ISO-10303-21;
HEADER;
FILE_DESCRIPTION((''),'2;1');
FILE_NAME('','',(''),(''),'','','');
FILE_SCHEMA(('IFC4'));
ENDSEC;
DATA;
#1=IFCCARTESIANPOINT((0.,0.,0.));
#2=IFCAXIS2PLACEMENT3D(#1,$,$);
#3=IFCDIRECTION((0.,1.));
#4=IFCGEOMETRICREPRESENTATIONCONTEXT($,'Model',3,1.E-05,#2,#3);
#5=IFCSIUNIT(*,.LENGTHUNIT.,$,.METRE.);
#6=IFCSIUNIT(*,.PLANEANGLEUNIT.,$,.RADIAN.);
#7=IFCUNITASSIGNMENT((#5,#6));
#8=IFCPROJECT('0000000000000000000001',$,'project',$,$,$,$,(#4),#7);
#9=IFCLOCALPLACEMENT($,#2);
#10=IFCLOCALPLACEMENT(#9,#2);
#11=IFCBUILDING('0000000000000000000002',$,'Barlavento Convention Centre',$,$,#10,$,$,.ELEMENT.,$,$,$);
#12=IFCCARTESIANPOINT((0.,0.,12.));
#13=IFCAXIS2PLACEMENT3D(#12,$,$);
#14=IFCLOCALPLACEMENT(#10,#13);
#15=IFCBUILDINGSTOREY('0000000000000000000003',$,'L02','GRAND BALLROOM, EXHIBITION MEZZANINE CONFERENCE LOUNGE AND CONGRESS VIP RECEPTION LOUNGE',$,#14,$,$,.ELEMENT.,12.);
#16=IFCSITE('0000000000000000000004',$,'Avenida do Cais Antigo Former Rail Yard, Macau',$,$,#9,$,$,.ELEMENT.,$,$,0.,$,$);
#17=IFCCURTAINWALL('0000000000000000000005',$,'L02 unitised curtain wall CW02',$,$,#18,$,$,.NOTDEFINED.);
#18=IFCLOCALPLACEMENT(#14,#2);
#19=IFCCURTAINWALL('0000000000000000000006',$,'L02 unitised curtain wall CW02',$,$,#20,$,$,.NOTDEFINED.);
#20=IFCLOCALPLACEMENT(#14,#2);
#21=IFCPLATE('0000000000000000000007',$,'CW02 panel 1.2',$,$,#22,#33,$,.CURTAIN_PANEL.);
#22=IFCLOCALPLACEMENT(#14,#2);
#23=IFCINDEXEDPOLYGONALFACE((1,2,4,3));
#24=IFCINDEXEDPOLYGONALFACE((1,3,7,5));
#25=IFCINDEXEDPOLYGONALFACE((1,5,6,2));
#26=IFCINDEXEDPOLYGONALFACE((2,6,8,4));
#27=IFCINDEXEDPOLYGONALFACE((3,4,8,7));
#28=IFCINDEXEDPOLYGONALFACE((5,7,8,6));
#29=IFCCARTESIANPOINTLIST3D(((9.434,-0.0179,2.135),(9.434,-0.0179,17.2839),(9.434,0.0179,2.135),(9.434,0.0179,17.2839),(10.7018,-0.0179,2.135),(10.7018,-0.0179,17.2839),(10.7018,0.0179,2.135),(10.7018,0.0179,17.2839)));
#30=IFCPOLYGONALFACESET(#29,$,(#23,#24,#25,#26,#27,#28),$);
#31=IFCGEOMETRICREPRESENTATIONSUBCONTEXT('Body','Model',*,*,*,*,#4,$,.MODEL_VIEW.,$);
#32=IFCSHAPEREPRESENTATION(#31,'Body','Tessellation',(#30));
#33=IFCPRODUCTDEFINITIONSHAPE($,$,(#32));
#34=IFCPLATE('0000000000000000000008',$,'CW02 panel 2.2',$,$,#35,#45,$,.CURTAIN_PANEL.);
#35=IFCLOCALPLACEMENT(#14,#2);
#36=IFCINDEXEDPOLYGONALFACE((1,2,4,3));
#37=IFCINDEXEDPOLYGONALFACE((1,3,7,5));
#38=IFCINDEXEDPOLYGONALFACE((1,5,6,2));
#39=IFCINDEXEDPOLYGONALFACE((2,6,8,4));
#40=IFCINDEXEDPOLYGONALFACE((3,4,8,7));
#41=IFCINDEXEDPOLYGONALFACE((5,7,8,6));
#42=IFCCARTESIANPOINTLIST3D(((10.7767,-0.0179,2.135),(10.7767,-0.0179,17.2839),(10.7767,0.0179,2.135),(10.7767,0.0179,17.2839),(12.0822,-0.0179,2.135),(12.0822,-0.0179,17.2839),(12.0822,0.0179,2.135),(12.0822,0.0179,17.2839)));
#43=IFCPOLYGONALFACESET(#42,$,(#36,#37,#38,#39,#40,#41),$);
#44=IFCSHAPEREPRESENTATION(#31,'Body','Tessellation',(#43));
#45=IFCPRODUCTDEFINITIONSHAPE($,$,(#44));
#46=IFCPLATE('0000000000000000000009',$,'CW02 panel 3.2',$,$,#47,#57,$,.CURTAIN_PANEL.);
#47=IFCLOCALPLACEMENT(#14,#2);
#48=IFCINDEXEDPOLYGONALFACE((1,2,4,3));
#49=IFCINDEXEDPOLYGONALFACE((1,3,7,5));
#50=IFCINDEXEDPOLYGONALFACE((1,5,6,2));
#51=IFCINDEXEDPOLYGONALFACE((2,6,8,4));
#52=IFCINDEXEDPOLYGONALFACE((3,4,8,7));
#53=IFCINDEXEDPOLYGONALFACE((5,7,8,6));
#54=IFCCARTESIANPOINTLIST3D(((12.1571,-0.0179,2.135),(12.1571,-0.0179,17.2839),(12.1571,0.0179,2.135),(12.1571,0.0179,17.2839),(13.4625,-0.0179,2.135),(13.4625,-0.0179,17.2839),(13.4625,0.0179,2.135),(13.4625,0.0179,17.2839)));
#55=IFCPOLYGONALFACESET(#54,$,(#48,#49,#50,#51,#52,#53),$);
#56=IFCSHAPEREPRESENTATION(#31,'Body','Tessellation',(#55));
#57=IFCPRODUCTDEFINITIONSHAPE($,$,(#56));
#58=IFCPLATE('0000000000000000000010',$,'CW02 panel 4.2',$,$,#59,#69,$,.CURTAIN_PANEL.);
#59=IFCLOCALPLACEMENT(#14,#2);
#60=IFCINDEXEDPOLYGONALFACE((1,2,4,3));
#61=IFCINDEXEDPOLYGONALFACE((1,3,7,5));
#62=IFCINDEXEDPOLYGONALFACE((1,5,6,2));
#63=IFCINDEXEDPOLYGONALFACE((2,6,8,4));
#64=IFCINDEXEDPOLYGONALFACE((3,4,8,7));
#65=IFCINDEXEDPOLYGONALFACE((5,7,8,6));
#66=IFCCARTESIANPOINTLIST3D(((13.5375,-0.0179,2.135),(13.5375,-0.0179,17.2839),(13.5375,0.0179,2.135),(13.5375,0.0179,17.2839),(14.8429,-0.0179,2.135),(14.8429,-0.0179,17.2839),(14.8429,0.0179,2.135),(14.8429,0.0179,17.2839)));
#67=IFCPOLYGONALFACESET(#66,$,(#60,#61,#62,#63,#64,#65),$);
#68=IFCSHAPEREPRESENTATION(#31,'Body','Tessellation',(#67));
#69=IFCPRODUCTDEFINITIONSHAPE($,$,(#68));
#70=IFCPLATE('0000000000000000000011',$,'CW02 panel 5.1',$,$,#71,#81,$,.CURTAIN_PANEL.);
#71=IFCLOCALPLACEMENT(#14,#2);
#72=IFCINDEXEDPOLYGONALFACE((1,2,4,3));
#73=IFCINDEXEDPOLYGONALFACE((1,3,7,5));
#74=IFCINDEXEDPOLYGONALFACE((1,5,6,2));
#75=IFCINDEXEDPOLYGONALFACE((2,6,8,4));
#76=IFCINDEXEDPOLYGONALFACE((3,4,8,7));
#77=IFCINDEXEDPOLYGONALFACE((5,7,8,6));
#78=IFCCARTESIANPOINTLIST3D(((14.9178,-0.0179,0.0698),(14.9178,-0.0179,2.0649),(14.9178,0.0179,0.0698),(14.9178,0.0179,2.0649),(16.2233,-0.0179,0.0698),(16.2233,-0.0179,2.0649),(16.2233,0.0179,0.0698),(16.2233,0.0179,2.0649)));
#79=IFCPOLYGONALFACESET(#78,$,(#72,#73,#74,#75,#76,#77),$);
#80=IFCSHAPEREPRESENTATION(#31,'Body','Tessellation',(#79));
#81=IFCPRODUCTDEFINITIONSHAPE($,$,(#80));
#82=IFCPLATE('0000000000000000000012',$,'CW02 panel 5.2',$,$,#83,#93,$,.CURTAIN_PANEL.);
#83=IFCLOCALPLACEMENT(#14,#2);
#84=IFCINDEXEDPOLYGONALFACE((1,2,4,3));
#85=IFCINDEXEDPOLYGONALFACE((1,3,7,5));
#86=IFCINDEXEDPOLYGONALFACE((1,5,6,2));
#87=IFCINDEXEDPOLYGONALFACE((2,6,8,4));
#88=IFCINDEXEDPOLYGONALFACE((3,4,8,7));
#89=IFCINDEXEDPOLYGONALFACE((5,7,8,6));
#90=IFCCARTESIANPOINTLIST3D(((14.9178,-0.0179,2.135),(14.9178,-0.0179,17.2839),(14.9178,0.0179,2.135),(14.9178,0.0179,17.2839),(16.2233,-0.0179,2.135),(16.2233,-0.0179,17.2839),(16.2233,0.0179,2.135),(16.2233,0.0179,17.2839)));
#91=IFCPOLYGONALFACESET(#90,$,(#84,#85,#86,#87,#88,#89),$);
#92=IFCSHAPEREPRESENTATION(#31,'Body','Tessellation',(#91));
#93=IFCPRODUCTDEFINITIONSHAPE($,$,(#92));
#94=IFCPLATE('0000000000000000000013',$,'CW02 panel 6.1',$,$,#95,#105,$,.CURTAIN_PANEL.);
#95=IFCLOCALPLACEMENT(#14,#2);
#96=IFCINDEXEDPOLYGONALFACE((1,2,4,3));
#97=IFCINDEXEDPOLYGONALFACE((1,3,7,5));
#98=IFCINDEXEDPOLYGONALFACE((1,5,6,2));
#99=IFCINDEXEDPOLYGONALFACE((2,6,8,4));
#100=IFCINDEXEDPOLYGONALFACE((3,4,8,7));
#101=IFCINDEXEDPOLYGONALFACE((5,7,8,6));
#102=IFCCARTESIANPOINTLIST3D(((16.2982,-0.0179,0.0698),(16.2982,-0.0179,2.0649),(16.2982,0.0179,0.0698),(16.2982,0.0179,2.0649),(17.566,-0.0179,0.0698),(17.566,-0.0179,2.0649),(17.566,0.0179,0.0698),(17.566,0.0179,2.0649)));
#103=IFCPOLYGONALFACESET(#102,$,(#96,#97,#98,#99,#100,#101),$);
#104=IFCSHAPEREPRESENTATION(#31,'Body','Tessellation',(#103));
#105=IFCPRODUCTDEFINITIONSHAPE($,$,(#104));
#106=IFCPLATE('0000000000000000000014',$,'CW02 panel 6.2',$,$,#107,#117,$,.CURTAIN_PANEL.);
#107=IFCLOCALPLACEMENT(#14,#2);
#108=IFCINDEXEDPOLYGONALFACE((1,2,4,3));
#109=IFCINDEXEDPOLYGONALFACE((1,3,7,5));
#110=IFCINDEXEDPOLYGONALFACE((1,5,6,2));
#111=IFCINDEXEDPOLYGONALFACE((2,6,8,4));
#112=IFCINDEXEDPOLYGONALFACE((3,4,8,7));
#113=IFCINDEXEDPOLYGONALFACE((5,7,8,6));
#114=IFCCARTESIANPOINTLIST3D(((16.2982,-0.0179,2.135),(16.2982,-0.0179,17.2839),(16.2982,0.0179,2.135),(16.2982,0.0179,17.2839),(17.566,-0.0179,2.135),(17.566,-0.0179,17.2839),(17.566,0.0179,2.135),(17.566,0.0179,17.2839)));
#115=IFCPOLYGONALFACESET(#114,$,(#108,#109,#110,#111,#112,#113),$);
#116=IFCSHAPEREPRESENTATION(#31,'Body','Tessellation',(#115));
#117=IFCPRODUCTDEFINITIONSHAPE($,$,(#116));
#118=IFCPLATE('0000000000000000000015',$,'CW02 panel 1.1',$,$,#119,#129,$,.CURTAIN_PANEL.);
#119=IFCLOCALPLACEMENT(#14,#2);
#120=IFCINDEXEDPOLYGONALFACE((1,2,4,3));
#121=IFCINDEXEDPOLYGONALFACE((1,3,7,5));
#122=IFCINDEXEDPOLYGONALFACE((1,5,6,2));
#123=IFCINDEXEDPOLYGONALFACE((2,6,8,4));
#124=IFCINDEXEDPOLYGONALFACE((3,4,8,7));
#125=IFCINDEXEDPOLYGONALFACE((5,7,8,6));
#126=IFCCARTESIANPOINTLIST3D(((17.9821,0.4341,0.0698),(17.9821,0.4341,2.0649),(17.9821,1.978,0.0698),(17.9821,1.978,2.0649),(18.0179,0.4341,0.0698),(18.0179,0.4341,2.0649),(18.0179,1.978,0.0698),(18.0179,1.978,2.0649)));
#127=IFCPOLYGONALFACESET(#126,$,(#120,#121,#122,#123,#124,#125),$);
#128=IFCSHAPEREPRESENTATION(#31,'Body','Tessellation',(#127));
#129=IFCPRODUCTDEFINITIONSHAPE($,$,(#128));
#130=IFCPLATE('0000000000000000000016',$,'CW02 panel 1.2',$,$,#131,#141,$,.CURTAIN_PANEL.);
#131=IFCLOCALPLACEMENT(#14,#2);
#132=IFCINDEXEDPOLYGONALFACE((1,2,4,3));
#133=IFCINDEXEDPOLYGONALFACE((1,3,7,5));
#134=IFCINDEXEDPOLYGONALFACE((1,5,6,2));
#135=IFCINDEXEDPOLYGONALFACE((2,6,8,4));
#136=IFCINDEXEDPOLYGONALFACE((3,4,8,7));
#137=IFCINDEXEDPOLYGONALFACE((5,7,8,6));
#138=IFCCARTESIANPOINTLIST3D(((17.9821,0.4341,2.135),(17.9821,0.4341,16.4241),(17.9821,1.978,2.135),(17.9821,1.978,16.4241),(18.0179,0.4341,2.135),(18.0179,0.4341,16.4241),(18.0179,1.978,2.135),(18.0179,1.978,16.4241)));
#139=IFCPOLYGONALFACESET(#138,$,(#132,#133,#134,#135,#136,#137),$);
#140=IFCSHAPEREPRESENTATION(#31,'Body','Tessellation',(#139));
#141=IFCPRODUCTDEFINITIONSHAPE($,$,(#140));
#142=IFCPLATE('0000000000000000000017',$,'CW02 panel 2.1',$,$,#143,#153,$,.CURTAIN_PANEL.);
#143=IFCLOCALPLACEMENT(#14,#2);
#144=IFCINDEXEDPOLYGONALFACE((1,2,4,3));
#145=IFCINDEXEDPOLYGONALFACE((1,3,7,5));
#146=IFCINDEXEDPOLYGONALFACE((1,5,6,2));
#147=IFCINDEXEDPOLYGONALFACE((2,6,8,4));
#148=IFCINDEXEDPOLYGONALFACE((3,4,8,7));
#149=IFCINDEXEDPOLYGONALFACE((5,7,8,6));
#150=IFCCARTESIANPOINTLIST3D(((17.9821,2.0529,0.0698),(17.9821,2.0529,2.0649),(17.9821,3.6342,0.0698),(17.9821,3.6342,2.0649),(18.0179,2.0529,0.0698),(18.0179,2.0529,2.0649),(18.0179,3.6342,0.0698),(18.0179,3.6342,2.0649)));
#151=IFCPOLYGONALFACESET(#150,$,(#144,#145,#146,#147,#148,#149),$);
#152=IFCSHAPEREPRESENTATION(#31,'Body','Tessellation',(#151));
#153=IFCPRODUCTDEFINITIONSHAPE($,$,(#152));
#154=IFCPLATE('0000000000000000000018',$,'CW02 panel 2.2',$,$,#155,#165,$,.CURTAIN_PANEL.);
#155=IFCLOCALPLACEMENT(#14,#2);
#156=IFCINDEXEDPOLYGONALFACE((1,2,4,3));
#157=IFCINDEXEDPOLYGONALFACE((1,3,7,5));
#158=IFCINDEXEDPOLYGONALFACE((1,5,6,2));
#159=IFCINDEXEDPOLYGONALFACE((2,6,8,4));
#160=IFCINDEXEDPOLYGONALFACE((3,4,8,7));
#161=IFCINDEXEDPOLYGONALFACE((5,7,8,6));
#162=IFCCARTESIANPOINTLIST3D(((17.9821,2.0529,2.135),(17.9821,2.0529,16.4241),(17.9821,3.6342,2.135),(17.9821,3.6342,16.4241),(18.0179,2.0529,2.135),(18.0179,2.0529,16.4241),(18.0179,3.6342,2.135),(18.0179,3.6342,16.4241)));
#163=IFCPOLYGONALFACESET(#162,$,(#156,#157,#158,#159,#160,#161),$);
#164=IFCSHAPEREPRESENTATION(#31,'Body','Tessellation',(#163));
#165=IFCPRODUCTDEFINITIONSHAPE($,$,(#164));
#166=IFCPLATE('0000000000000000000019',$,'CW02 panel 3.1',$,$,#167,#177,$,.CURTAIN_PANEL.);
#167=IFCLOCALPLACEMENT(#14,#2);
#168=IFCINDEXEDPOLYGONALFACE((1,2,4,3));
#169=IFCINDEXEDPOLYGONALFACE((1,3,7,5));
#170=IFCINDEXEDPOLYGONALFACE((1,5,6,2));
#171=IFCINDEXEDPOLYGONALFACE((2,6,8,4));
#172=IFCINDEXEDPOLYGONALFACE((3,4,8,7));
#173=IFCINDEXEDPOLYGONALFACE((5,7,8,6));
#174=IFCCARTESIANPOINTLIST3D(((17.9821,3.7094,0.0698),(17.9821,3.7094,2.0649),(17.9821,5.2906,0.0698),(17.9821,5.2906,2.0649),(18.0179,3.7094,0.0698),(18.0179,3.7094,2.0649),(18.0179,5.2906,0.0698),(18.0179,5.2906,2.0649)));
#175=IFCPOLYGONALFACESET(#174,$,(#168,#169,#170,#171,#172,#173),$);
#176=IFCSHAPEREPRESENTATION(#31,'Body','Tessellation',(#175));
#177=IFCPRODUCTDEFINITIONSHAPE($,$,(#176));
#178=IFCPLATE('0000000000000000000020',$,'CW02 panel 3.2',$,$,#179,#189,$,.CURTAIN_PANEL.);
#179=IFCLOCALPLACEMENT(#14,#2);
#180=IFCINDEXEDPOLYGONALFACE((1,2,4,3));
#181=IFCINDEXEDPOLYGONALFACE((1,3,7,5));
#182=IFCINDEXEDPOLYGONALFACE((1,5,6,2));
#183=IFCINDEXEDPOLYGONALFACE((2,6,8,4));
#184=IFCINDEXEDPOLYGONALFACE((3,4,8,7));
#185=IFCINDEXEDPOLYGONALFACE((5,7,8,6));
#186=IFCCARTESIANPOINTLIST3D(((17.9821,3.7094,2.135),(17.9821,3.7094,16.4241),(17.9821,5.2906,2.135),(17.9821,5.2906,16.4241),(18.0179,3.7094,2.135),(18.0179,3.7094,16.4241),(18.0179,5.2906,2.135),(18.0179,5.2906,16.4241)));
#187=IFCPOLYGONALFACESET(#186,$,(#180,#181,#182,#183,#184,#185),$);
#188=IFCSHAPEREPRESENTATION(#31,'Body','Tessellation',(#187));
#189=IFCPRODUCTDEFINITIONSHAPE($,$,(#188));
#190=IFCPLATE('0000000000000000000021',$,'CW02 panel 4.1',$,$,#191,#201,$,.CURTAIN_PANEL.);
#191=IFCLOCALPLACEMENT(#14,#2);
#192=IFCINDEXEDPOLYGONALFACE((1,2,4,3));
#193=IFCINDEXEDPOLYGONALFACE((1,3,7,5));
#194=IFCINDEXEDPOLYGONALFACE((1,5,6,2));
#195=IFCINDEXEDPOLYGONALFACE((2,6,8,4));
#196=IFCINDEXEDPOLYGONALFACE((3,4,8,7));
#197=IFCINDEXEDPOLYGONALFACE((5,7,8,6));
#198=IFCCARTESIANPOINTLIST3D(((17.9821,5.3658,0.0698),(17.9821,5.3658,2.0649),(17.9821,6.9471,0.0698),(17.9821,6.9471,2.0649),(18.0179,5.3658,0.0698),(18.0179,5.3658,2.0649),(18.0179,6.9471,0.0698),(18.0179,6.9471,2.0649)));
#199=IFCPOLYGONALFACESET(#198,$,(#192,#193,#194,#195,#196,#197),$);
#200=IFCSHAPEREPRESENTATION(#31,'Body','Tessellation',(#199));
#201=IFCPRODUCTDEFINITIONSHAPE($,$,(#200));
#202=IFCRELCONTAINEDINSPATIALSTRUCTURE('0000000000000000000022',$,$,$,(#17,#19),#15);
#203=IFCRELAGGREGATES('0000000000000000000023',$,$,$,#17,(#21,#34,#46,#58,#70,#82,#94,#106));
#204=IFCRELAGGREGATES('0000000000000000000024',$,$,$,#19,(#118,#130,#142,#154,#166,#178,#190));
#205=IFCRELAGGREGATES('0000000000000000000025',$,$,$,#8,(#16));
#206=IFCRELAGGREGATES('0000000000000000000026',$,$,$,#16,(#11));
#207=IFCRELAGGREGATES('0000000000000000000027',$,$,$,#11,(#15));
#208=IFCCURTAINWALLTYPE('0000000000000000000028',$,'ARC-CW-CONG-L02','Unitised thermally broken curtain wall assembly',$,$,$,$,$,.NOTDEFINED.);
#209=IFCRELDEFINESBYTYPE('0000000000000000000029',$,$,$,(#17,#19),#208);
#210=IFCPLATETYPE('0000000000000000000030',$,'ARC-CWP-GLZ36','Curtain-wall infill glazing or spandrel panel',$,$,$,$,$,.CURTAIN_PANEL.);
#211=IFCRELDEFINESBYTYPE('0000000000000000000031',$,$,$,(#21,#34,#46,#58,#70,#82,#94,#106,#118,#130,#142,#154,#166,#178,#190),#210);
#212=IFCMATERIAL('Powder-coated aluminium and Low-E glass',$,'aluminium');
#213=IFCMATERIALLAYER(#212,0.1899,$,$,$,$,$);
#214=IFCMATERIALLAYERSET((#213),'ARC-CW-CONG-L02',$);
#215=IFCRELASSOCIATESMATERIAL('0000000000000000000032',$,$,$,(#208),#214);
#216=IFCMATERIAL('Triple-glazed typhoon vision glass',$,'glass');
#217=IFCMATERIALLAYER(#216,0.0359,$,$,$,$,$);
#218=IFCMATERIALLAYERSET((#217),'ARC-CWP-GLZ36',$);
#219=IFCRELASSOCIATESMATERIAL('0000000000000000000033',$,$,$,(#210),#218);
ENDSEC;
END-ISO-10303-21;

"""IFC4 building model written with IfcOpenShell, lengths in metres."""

from ifc_helpers import new_model, si_unit, direction, frame, origin, origin_2d, place, context, subcontext, project, spatial, rectangle, extrude, material, layer, layer_set, type_object, element, aggregate, save


model = new_model("IFC4")

# Units and contexts
model_context = context("Model", 3, precision=1e-05, world=origin(), true_north=direction((0.0, 1.0)))
body_context = subcontext(model_context, "Body", "Model", "MODEL_VIEW")
ifc_project = project(units=[si_unit("LENGTHUNIT", "METRE"), si_unit("PLANEANGLEUNIT", "RADIAN")], contexts=[model_context])

# Site, building, storey
site_placement = place(None, origin())
site = spatial("IfcSite", under=ifc_project, at=site_placement, Name="Avenida do Cais Antigo Former Rail Yard, Macau", CompositionType="ELEMENT", RefElevation=0.0)
building_placement = place(site_placement, origin())
building = spatial("IfcBuilding", under=site, at=building_placement, Name="Barlavento Convention Centre", CompositionType="ELEMENT")
storey_placement = place(building_placement, frame((0.0, 0.0, 12.0)))
storey = spatial("IfcBuildingStorey", under=building, at=storey_placement, Name="L02", Description="GRAND BALLROOM, EXHIBITION MEZZANINE CONFERENCE LOUNGE AND CONGRESS VIP RECEPTION LOUNGE", CompositionType="ELEMENT", Elevation=12.0)

# Curtain walls
ifc_material_1 = material(Name="Powder-coated aluminium and Low-E glass", Category="aluminium")
ifc_layer_1 = layer(ifc_material_1, 0.1899)
ifc_layer_set_1 = layer_set([ifc_layer_1], Name="ARC-CW-CONG-L02")
curtain_wall_type = type_object("IfcCurtainWallType", Name="ARC-CW-CONG-L02", Description="Unitised thermally broken curtain wall assembly", PredefinedType="NOTDEFINED", material=ifc_layer_set_1)
curtain_wall_1_placement = place(storey_placement, origin())
curtain_wall_1 = element("IfcCurtainWall", 1, at=curtain_wall_1_placement, inside=storey, type_object=curtain_wall_type, Name="L02 unitised curtain wall CW02", PredefinedType="NOTDEFINED")
curtain_wall_2_placement = place(storey_placement, origin())
curtain_wall_2 = element("IfcCurtainWall", 2, at=curtain_wall_2_placement, inside=storey, type_object=curtain_wall_type, Name="L02 unitised curtain wall CW02", PredefinedType="NOTDEFINED")

# Plates
ifc_material_2 = material(Name="Triple-glazed typhoon vision glass", Category="glass")
ifc_layer_2 = layer(ifc_material_2, 0.0359)
ifc_layer_set_2 = layer_set([ifc_layer_2], Name="ARC-CWP-GLZ36")
plate_type_1 = type_object("IfcPlateType", Name="ARC-CWP-GLZ36", Description="Curtain-wall infill glazing or spandrel panel", PredefinedType="CURTAIN_PANEL", material=ifc_layer_set_2)
plate_1_placement = place(storey_placement, frame((10.0679, 0.0, 2.135), z_axis=(0.0, 0.0, 1.0), x_axis=(1.0, 0.0, 0.0)))
plate_1 = element("IfcPlate", 3, at=plate_1_placement, type_object=plate_type_1, Name="CW02 panel 1.2", PredefinedType="CURTAIN_PANEL", context=body_context, shape_type="SweptSolid", body=[
    extrude(rectangle(XDim=1.2678, YDim=0.0359, at=origin_2d()), origin(), (0.0, 0.0, 1.0), 15.1489),
])
plate_2_placement = place(storey_placement, frame((11.4294, 0.0, 2.135), z_axis=(0.0, 0.0, 1.0), x_axis=(1.0, 0.0, 0.0)))
plate_2 = element("IfcPlate", 4, at=plate_2_placement, type_object=plate_type_1, Name="CW02 panel 2.2", PredefinedType="CURTAIN_PANEL", context=body_context, shape_type="SweptSolid", body=[
    extrude(rectangle(XDim=1.3054, YDim=0.0359, at=origin_2d()), origin(), (0.0, 0.0, 1.0), 15.1489),
])
plate_3_placement = place(storey_placement, frame((12.8098, 0.0, 2.135), z_axis=(0.0, 0.0, 1.0), x_axis=(1.0, 0.0, 0.0)))
plate_3 = element("IfcPlate", 5, at=plate_3_placement, type_object=plate_type_1, Name="CW02 panel 3.2", PredefinedType="CURTAIN_PANEL", context=body_context, shape_type="SweptSolid", body=[
    extrude(rectangle(XDim=1.3054, YDim=0.0359, at=origin_2d()), origin(), (0.0, 0.0, 1.0), 15.1489),
])
plate_4_placement = place(storey_placement, frame((14.1902, 0.0, 2.135), z_axis=(0.0, 0.0, 1.0), x_axis=(1.0, 0.0, 0.0)))
plate_4 = element("IfcPlate", 6, at=plate_4_placement, type_object=plate_type_1, Name="CW02 panel 4.2", PredefinedType="CURTAIN_PANEL", context=body_context, shape_type="SweptSolid", body=[
    extrude(rectangle(XDim=1.3054, YDim=0.0359, at=origin_2d()), origin(), (0.0, 0.0, 1.0), 15.1489),
])
plate_5_placement = place(storey_placement, frame((15.5706, 0.0, 0.0698), z_axis=(0.0, 0.0, 1.0), x_axis=(1.0, 0.0, 0.0)))
plate_5 = element("IfcPlate", 7, at=plate_5_placement, type_object=plate_type_1, Name="CW02 panel 5.1", PredefinedType="CURTAIN_PANEL", context=body_context, shape_type="SweptSolid", body=[
    extrude(rectangle(XDim=1.3054, YDim=0.0359, at=origin_2d()), origin(), (0.0, 0.0, 1.0), 1.9951),
])
plate_6_placement = place(storey_placement, frame((15.5706, 0.0, 2.135), z_axis=(0.0, 0.0, 1.0), x_axis=(1.0, 0.0, 0.0)))
plate_6 = element("IfcPlate", 8, at=plate_6_placement, type_object=plate_type_1, Name="CW02 panel 5.2", PredefinedType="CURTAIN_PANEL", context=body_context, shape_type="SweptSolid", body=[
    extrude(rectangle(XDim=1.3054, YDim=0.0359, at=origin_2d()), origin(), (0.0, 0.0, 1.0), 15.1489),
])
plate_7_placement = place(storey_placement, frame((16.9321, 0.0, 0.0698), z_axis=(0.0, 0.0, 1.0), x_axis=(1.0, 0.0, 0.0)))
plate_7 = element("IfcPlate", 9, at=plate_7_placement, type_object=plate_type_1, Name="CW02 panel 6.1", PredefinedType="CURTAIN_PANEL", context=body_context, shape_type="SweptSolid", body=[
    extrude(rectangle(XDim=1.2678, YDim=0.0359, at=origin_2d()), origin(), (0.0, 0.0, 1.0), 1.9951),
])
plate_8_placement = place(storey_placement, frame((16.9321, 0.0, 2.135), z_axis=(0.0, 0.0, 1.0), x_axis=(1.0, 0.0, 0.0)))
plate_8 = element("IfcPlate", 10, at=plate_8_placement, type_object=plate_type_1, Name="CW02 panel 6.2", PredefinedType="CURTAIN_PANEL", context=body_context, shape_type="SweptSolid", body=[
    extrude(rectangle(XDim=1.2678, YDim=0.0359, at=origin_2d()), origin(), (0.0, 0.0, 1.0), 15.1489),
])
aggregate(curtain_wall_1, [plate_1, plate_2, plate_3, plate_4, plate_5, plate_6, plate_7, plate_8])
plate_9_placement = place(storey_placement, frame((18.0, 1.2061, 0.0698), z_axis=(0.0, 0.0, 1.0), x_axis=(0.0, 1.0, 0.0)))
plate_9 = element("IfcPlate", 11, at=plate_9_placement, type_object=plate_type_1, Name="CW02 panel 1.1", PredefinedType="CURTAIN_PANEL", context=body_context, shape_type="SweptSolid", body=[
    extrude(rectangle(XDim=1.5439, YDim=0.0359, at=origin_2d()), origin(), (0.0, 0.0, 1.0), 1.9951),
])
plate_10_placement = place(storey_placement, frame((18.0, 1.2061, 2.135), z_axis=(0.0, 0.0, 1.0), x_axis=(0.0, 1.0, 0.0)))
plate_10 = element("IfcPlate", 12, at=plate_10_placement, type_object=plate_type_1, Name="CW02 panel 1.2", PredefinedType="CURTAIN_PANEL", context=body_context, shape_type="SweptSolid", body=[
    extrude(rectangle(XDim=1.5439, YDim=0.0359, at=origin_2d()), origin(), (0.0, 0.0, 1.0), 14.2891),
])
plate_11_placement = place(storey_placement, frame((18.0, 2.8435, 0.0698), z_axis=(0.0, 0.0, 1.0), x_axis=(0.0, 1.0, 0.0)))
plate_11 = element("IfcPlate", 13, at=plate_11_placement, type_object=plate_type_1, Name="CW02 panel 2.1", PredefinedType="CURTAIN_PANEL", context=body_context, shape_type="SweptSolid", body=[
    extrude(rectangle(XDim=1.5813, YDim=0.0359, at=origin_2d()), origin(), (0.0, 0.0, 1.0), 1.9951),
])
plate_12_placement = place(storey_placement, frame((18.0, 2.8435, 2.135), z_axis=(0.0, 0.0, 1.0), x_axis=(0.0, 1.0, 0.0)))
plate_12 = element("IfcPlate", 14, at=plate_12_placement, type_object=plate_type_1, Name="CW02 panel 2.2", PredefinedType="CURTAIN_PANEL", context=body_context, shape_type="SweptSolid", body=[
    extrude(rectangle(XDim=1.5813, YDim=0.0359, at=origin_2d()), origin(), (0.0, 0.0, 1.0), 14.2891),
])
plate_13_placement = place(storey_placement, frame((18.0, 4.5, 0.0698), z_axis=(0.0, 0.0, 1.0), x_axis=(0.0, 1.0, 0.0)))
plate_13 = element("IfcPlate", 15, at=plate_13_placement, type_object=plate_type_1, Name="CW02 panel 3.1", PredefinedType="CURTAIN_PANEL", context=body_context, shape_type="SweptSolid", body=[
    extrude(rectangle(XDim=1.5813, YDim=0.0359, at=origin_2d()), origin(), (0.0, 0.0, 1.0), 1.9951),
])
plate_14_placement = place(storey_placement, frame((18.0, 4.5, 2.135), z_axis=(0.0, 0.0, 1.0), x_axis=(0.0, 1.0, 0.0)))
plate_14 = element("IfcPlate", 16, at=plate_14_placement, type_object=plate_type_1, Name="CW02 panel 3.2", PredefinedType="CURTAIN_PANEL", context=body_context, shape_type="SweptSolid", body=[
    extrude(rectangle(XDim=1.5813, YDim=0.0359, at=origin_2d()), origin(), (0.0, 0.0, 1.0), 14.2891),
])
plate_15_placement = place(storey_placement, frame((18.0, 6.1565, 0.0698), z_axis=(0.0, 0.0, 1.0), x_axis=(0.0, 1.0, 0.0)))
plate_15 = element("IfcPlate", 17, at=plate_15_placement, type_object=plate_type_1, Name="CW02 panel 4.1", PredefinedType="CURTAIN_PANEL", context=body_context, shape_type="SweptSolid", body=[
    extrude(rectangle(XDim=1.5813, YDim=0.0359, at=origin_2d()), origin(), (0.0, 0.0, 1.0), 1.9951),
])
aggregate(curtain_wall_2, [plate_9, plate_10, plate_11, plate_12, plate_13, plate_14, plate_15])

save(model, "model.ifc")
